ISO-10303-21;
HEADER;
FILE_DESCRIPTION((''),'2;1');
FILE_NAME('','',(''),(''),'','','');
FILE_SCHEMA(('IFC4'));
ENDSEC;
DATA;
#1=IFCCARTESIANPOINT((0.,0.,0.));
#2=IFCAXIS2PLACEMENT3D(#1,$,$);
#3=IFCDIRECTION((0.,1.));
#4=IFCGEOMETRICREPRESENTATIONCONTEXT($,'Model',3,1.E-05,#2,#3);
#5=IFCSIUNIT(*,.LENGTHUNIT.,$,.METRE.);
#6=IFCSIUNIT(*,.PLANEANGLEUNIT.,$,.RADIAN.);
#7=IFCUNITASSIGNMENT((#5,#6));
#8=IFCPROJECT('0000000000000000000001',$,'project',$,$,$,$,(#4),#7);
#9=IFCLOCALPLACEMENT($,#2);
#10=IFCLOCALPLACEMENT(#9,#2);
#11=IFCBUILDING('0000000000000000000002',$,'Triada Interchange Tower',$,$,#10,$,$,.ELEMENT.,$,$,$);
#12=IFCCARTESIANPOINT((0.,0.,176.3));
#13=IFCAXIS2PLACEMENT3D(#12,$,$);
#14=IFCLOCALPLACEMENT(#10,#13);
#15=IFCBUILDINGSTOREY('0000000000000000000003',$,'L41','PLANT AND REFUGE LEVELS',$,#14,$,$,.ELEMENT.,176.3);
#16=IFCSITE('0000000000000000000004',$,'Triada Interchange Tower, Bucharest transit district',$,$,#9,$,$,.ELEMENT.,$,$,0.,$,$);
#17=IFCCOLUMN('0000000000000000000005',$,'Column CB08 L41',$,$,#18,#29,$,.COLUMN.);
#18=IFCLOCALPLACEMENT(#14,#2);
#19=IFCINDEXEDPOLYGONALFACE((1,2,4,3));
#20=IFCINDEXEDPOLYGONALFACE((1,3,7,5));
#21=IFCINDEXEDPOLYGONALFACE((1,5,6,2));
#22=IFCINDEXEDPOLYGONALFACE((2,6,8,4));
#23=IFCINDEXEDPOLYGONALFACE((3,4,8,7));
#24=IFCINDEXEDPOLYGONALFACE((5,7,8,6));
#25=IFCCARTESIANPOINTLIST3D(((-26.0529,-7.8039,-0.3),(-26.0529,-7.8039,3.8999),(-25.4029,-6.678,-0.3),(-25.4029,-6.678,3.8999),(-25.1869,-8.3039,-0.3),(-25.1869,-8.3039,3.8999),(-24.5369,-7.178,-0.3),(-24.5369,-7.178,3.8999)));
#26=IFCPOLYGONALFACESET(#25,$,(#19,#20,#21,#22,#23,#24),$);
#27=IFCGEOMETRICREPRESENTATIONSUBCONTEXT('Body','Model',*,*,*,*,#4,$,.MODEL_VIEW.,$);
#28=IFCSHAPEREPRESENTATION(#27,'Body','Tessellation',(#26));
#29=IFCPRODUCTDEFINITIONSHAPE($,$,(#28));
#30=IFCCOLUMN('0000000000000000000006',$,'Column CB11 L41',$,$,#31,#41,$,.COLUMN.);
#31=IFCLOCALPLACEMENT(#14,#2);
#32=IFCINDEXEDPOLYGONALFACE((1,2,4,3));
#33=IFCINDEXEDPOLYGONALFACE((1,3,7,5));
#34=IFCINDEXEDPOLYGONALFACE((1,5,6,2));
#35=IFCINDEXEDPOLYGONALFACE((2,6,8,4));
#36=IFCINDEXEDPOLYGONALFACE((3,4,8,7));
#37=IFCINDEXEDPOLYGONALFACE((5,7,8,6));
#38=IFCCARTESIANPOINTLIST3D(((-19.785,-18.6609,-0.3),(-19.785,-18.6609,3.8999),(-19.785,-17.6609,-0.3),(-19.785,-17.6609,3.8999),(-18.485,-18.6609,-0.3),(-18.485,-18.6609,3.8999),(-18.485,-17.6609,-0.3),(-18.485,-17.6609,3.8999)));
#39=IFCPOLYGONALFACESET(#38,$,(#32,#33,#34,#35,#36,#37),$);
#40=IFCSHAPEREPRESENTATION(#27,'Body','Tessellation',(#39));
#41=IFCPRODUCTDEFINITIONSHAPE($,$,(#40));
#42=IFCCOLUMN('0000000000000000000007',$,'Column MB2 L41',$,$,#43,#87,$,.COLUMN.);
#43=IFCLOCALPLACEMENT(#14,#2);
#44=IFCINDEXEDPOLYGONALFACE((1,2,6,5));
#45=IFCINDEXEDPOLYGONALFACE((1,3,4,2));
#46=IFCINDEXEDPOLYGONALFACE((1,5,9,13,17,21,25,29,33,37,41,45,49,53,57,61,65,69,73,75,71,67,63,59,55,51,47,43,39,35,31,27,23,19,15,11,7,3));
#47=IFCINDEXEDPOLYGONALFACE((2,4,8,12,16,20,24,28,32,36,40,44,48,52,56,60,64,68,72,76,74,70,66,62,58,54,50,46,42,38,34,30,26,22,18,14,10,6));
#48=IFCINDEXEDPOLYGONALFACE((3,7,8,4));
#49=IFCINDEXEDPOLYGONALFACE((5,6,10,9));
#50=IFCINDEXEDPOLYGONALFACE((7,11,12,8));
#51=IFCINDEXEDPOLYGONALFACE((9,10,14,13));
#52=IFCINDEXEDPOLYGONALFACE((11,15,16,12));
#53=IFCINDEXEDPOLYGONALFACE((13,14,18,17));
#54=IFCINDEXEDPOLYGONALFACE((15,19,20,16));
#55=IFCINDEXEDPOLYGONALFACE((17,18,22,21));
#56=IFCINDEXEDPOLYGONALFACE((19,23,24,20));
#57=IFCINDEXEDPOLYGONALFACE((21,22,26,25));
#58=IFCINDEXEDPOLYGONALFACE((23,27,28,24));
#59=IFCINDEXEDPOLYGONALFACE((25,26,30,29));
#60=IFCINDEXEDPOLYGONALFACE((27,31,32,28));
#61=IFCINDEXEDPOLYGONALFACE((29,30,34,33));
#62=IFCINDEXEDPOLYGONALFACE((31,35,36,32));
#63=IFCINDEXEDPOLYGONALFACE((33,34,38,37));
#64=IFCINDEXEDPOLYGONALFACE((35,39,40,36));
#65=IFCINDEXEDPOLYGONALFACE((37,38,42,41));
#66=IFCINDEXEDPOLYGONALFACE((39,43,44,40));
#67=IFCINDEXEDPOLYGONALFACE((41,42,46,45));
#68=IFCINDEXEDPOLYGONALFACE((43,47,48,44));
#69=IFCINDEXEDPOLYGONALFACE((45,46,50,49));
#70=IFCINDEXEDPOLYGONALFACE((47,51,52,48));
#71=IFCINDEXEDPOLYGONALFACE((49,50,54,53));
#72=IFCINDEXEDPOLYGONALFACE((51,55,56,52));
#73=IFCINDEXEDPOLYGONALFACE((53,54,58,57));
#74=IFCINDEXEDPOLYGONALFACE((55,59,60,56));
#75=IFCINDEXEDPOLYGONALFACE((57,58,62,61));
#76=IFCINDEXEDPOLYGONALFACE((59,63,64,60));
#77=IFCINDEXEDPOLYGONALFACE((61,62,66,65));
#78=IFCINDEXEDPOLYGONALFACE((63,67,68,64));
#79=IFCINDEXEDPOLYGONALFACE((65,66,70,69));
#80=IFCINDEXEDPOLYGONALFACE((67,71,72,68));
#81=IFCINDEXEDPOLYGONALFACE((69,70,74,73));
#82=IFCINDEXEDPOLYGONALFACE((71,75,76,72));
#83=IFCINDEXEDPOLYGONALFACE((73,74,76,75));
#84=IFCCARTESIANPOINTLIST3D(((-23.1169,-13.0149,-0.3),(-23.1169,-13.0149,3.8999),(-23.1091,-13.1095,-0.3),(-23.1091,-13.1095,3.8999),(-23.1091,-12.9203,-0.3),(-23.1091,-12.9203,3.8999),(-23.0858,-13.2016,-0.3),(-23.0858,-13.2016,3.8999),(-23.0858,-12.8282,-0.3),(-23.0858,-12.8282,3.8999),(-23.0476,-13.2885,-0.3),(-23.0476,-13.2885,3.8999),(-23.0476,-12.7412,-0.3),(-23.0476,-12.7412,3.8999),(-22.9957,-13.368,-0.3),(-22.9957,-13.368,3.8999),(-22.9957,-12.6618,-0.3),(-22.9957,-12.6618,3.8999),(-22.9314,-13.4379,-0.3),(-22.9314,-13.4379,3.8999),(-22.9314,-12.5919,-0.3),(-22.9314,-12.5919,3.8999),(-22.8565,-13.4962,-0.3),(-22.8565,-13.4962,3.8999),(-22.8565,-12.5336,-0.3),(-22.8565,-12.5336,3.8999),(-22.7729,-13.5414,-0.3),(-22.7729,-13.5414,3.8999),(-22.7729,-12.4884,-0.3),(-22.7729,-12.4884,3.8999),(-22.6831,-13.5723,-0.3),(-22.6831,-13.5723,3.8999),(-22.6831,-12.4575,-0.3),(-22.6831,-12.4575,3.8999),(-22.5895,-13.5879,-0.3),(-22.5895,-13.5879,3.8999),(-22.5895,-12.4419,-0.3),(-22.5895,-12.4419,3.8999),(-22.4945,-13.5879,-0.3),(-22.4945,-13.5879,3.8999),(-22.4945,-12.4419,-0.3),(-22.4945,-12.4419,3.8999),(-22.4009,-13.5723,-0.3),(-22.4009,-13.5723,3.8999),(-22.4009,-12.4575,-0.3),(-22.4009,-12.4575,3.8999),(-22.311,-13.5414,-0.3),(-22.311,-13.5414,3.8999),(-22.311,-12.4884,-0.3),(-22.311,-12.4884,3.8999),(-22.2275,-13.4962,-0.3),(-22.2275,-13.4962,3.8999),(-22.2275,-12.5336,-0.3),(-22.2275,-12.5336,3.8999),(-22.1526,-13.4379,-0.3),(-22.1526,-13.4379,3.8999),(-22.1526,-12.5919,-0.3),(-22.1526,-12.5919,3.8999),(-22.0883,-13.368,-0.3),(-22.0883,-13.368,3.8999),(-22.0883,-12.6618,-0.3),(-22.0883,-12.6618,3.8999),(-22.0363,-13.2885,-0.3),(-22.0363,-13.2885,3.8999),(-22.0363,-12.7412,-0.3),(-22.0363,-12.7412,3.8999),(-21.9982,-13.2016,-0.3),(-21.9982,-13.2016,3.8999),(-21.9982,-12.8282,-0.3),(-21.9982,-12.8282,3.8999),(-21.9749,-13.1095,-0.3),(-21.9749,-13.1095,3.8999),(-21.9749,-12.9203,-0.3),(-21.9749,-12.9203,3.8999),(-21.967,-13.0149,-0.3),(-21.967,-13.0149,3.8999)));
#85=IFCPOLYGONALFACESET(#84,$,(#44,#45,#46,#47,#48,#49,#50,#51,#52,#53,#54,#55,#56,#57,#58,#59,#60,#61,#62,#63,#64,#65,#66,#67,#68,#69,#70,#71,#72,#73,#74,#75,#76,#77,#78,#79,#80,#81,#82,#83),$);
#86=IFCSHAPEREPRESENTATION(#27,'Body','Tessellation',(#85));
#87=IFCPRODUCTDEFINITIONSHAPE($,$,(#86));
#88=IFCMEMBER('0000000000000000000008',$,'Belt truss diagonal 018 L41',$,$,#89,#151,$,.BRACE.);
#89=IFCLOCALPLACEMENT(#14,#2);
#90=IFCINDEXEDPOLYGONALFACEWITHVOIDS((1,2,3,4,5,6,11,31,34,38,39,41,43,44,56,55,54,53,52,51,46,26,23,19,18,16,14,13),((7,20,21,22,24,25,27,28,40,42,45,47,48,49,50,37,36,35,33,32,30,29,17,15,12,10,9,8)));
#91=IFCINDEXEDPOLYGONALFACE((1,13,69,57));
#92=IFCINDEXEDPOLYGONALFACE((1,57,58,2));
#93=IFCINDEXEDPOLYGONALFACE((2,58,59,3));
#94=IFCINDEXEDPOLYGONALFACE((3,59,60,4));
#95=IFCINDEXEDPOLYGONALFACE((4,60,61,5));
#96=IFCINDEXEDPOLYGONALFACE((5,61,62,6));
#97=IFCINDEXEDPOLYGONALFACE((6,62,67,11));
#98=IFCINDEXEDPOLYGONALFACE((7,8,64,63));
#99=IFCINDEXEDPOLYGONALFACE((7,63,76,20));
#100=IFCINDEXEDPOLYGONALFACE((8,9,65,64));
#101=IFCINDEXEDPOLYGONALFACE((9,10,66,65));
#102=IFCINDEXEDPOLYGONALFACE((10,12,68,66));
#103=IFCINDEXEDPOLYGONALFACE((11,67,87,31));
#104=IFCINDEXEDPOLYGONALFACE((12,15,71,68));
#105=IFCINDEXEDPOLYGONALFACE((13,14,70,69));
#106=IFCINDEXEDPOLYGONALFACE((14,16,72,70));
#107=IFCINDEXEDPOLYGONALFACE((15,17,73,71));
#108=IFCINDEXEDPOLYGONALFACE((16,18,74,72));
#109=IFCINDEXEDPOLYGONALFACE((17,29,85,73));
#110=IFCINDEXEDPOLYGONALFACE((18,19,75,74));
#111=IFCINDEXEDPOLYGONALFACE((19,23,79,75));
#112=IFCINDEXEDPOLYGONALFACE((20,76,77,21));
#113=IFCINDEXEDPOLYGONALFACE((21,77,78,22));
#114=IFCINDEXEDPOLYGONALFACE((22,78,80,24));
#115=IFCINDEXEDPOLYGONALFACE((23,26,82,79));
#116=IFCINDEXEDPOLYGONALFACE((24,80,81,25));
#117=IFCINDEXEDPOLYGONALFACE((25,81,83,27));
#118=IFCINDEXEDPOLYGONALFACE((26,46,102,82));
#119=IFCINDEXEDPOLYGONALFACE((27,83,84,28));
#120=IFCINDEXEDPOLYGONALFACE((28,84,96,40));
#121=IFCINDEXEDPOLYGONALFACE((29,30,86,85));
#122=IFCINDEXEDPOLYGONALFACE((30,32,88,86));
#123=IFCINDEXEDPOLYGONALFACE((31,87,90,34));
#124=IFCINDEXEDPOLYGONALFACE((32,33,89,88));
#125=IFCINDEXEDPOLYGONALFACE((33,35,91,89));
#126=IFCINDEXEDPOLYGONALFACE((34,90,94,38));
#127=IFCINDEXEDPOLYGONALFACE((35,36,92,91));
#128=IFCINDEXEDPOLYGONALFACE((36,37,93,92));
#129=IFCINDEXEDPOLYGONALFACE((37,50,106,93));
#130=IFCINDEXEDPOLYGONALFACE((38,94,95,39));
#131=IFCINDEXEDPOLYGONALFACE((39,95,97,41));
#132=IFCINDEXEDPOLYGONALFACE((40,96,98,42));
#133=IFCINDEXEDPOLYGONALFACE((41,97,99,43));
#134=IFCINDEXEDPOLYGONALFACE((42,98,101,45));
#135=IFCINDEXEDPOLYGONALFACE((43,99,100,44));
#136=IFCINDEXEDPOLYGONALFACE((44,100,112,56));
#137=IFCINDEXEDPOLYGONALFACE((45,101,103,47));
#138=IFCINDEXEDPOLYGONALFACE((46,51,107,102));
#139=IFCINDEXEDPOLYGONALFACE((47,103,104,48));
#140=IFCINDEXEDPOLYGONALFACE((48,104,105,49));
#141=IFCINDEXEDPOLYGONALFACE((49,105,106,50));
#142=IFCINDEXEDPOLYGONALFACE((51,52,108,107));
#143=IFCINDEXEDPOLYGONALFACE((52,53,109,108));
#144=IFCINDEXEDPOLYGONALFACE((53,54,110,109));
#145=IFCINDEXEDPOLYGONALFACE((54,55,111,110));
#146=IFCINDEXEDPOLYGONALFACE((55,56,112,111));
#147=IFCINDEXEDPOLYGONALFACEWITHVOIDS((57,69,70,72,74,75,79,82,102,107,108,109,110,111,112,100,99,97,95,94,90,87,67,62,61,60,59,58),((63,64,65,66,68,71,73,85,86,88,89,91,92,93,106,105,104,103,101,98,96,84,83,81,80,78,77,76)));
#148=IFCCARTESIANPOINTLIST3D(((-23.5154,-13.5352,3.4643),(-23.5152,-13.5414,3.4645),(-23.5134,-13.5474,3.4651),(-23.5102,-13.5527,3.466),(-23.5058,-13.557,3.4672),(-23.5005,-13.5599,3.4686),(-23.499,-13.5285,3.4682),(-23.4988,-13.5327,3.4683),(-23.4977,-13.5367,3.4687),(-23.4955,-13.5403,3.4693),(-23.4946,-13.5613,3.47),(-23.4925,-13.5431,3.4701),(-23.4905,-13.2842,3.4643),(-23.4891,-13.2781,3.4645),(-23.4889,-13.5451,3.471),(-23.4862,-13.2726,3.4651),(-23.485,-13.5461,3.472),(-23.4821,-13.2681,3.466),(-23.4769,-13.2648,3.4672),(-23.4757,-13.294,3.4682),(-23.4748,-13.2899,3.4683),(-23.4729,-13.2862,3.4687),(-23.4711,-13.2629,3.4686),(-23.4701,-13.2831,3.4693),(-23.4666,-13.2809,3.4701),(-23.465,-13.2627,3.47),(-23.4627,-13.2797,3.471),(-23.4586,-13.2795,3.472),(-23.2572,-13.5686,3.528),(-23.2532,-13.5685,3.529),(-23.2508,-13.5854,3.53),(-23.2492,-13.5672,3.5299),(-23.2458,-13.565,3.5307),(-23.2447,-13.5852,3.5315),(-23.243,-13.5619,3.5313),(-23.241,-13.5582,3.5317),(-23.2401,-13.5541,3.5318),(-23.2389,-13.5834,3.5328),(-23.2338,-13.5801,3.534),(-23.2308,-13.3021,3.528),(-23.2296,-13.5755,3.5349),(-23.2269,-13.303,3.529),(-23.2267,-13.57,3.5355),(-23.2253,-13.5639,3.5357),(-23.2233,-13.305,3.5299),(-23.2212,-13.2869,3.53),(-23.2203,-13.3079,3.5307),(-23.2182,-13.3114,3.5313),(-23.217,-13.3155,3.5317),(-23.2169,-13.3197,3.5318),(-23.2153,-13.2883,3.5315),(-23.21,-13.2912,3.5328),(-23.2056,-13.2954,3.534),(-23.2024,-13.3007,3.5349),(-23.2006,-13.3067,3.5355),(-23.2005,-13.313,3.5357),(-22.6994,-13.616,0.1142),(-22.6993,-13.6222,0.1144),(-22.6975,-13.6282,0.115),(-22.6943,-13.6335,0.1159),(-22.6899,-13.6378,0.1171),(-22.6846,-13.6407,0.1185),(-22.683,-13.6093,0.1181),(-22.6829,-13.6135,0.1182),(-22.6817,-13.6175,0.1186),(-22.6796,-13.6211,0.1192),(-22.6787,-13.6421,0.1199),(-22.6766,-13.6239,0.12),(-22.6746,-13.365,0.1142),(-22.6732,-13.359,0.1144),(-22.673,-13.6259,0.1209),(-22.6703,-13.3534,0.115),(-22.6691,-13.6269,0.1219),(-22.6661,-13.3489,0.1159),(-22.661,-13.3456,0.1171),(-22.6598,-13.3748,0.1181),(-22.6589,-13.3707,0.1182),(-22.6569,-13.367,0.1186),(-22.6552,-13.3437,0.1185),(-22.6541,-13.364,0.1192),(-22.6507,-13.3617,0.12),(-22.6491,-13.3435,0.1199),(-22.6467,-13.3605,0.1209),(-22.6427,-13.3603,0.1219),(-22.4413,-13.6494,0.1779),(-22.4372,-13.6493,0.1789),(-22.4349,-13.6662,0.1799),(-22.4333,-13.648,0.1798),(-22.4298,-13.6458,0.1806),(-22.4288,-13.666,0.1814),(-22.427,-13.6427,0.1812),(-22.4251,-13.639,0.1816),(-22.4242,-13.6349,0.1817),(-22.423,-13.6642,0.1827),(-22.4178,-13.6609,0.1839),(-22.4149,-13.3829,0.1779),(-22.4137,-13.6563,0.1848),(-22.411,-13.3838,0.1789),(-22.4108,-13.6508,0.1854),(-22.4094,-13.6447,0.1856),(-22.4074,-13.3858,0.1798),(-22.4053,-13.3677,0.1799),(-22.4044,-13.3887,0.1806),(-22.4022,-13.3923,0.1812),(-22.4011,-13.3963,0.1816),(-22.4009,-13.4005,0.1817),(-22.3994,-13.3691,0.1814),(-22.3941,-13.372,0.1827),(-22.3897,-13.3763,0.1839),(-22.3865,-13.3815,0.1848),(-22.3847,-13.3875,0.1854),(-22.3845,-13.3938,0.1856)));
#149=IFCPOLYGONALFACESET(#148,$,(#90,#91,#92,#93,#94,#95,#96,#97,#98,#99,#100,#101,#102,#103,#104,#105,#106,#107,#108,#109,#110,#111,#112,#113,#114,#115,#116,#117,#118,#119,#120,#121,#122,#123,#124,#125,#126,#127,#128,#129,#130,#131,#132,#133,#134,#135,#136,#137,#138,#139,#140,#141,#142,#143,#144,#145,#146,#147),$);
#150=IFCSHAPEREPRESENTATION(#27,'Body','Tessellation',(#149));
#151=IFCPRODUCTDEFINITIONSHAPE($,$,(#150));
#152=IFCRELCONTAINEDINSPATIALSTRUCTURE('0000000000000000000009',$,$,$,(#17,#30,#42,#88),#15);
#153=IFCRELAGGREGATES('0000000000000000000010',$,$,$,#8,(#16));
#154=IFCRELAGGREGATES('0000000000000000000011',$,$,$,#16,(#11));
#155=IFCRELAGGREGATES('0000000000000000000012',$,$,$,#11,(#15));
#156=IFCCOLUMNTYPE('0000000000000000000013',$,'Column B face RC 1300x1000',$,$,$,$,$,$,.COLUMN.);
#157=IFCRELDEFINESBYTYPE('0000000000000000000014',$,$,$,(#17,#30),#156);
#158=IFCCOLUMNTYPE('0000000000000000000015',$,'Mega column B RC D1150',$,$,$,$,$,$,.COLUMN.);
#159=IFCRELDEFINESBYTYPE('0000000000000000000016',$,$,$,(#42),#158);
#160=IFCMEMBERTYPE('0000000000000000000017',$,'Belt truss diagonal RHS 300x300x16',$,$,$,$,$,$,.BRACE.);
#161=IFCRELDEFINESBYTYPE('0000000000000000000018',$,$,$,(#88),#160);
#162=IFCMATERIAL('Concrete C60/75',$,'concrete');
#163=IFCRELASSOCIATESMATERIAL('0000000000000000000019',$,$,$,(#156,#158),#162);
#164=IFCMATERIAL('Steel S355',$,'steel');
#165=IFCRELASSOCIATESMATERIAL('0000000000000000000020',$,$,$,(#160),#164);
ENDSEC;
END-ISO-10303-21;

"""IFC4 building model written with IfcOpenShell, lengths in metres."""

from ifc_helpers import new_model, si_unit, direction, frame, origin, origin_2d, place, context, subcontext, project, spatial, rectangle, hollow_rectangle, circle, extrude, material, material_profile, profile_set, type_object, element, save


model = new_model("IFC4")

# Units and contexts
model_context = context("Model", 3, precision=1e-05, world=origin(), true_north=direction((0.0, 1.0)))
body_context = subcontext(model_context, "Body", "Model", "MODEL_VIEW")
ifc_project = project(units=[si_unit("LENGTHUNIT", "METRE"), si_unit("PLANEANGLEUNIT", "RADIAN")], contexts=[model_context])

# Site, building, storey
site_placement = place(None, origin())
site = spatial("IfcSite", under=ifc_project, at=site_placement, Name="Triada Interchange Tower, Bucharest transit district", CompositionType="ELEMENT", RefElevation=0.0)
building_placement = place(site_placement, origin())
building = spatial("IfcBuilding", under=site, at=building_placement, Name="Triada Interchange Tower", CompositionType="ELEMENT")
storey_placement = place(building_placement, frame((0.0, 0.0, 176.3)))
storey = spatial("IfcBuildingStorey", under=building, at=storey_placement, Name="L41", Description="PLANT AND REFUGE LEVELS", CompositionType="ELEMENT", Elevation=176.3)

# Columns
ifc_material_1 = material(Name="Concrete C60/75", Category="concrete")
ifc_material_profile_1 = material_profile(ifc_material_1, rectangle(XDim=1.3, YDim=1.0, at=origin_2d()), Name="RC 1300x1000")
ifc_profile_set_1 = profile_set([ifc_material_profile_1], Name="Concrete C60/75")
column_type_1 = type_object("IfcColumnType", Name="Column B face RC 1300x1000", PredefinedType="COLUMN", material=ifc_profile_set_1)
for number, where, z_axis, x_axis, name in (
    (1, (-25.2949, -7.491, -0.3), (0.0, 0.0, 1.0), (0.5, 0.866025, 0.0), "Column CB08 L41"),
    (2, (-19.135, -18.1609, -0.3), (0.0, 0.0, 1.0), (1.0, 0.0, 0.0), "Column CB11 L41"),
):
    element("IfcColumn", number, at=place(storey_placement, frame(where, z_axis=z_axis, x_axis=x_axis)), inside=storey, type_object=column_type_1, Name=name, PredefinedType="COLUMN", context=body_context, shape_type="SweptSolid", body=[
        extrude(rectangle(XDim=1.3, YDim=1.0, at=origin_2d()), origin(), (0.0, 0.0, 1.0), 4.2),
    ])
ifc_material_profile_2 = material_profile(ifc_material_1, circle(Radius=0.575, at=origin_2d()), Name="RC D1150")
ifc_profile_set_2 = profile_set([ifc_material_profile_2], Name="Concrete C60/75")
column_type_2 = type_object("IfcColumnType", Name="Mega column B RC D1150", PredefinedType="COLUMN", material=ifc_profile_set_2)
column_placement = place(storey_placement, frame((-22.542, -13.0149, -0.3), z_axis=(0.0, 0.0, 1.0), x_axis=(1.0, 0.0, 0.0)))
element("IfcColumn", 3, at=column_placement, inside=storey, type_object=column_type_2, Name="Column MB2 L41", PredefinedType="COLUMN", context=body_context, shape_type="SweptSolid", body=[
    extrude(circle(Radius=0.575, at=origin_2d()), origin(), (0.0, 0.0, 1.0), 4.2),
])

# Member
ifc_material_2 = material(Name="Steel S355", Category="steel")
ifc_material_profile_3 = material_profile(ifc_material_2, hollow_rectangle(XDim=0.3, YDim=0.3, WallThickness=0.0161, InnerFilletRadius=0.0161, OuterFilletRadius=0.0239, at=origin_2d()), Name="RHS 300x300x16")
ifc_profile_set_3 = profile_set([ifc_material_profile_3], Name="Steel S355")
member_type_1 = type_object("IfcMemberType", Name="Belt truss diagonal RHS 300x300x16", PredefinedType="BRACE", material=ifc_profile_set_3)
for number, where, z_axis, x_axis, name in (
    (4, (-22.542, -13.5049, 0.1499), (-0.236568, 0.02343, 0.971332), (-0.09856, -0.995131, 0.0), "Belt truss diagonal 018 L41"),
):
    element("IfcMember", number, at=place(storey_placement, frame(where, z_axis=z_axis, x_axis=x_axis)), inside=storey, type_object=member_type_1, Name=name, PredefinedType="BRACE", context=body_context, shape_type="SweptSolid", body=[
        extrude(hollow_rectangle(XDim=0.3, YDim=0.3, WallThickness=0.0161, InnerFilletRadius=0.0161, OuterFilletRadius=0.0239, at=origin_2d()), origin(), (0.0, 0.0, 1.0), 3.449),
    ])

save(model, "model.ifc")
